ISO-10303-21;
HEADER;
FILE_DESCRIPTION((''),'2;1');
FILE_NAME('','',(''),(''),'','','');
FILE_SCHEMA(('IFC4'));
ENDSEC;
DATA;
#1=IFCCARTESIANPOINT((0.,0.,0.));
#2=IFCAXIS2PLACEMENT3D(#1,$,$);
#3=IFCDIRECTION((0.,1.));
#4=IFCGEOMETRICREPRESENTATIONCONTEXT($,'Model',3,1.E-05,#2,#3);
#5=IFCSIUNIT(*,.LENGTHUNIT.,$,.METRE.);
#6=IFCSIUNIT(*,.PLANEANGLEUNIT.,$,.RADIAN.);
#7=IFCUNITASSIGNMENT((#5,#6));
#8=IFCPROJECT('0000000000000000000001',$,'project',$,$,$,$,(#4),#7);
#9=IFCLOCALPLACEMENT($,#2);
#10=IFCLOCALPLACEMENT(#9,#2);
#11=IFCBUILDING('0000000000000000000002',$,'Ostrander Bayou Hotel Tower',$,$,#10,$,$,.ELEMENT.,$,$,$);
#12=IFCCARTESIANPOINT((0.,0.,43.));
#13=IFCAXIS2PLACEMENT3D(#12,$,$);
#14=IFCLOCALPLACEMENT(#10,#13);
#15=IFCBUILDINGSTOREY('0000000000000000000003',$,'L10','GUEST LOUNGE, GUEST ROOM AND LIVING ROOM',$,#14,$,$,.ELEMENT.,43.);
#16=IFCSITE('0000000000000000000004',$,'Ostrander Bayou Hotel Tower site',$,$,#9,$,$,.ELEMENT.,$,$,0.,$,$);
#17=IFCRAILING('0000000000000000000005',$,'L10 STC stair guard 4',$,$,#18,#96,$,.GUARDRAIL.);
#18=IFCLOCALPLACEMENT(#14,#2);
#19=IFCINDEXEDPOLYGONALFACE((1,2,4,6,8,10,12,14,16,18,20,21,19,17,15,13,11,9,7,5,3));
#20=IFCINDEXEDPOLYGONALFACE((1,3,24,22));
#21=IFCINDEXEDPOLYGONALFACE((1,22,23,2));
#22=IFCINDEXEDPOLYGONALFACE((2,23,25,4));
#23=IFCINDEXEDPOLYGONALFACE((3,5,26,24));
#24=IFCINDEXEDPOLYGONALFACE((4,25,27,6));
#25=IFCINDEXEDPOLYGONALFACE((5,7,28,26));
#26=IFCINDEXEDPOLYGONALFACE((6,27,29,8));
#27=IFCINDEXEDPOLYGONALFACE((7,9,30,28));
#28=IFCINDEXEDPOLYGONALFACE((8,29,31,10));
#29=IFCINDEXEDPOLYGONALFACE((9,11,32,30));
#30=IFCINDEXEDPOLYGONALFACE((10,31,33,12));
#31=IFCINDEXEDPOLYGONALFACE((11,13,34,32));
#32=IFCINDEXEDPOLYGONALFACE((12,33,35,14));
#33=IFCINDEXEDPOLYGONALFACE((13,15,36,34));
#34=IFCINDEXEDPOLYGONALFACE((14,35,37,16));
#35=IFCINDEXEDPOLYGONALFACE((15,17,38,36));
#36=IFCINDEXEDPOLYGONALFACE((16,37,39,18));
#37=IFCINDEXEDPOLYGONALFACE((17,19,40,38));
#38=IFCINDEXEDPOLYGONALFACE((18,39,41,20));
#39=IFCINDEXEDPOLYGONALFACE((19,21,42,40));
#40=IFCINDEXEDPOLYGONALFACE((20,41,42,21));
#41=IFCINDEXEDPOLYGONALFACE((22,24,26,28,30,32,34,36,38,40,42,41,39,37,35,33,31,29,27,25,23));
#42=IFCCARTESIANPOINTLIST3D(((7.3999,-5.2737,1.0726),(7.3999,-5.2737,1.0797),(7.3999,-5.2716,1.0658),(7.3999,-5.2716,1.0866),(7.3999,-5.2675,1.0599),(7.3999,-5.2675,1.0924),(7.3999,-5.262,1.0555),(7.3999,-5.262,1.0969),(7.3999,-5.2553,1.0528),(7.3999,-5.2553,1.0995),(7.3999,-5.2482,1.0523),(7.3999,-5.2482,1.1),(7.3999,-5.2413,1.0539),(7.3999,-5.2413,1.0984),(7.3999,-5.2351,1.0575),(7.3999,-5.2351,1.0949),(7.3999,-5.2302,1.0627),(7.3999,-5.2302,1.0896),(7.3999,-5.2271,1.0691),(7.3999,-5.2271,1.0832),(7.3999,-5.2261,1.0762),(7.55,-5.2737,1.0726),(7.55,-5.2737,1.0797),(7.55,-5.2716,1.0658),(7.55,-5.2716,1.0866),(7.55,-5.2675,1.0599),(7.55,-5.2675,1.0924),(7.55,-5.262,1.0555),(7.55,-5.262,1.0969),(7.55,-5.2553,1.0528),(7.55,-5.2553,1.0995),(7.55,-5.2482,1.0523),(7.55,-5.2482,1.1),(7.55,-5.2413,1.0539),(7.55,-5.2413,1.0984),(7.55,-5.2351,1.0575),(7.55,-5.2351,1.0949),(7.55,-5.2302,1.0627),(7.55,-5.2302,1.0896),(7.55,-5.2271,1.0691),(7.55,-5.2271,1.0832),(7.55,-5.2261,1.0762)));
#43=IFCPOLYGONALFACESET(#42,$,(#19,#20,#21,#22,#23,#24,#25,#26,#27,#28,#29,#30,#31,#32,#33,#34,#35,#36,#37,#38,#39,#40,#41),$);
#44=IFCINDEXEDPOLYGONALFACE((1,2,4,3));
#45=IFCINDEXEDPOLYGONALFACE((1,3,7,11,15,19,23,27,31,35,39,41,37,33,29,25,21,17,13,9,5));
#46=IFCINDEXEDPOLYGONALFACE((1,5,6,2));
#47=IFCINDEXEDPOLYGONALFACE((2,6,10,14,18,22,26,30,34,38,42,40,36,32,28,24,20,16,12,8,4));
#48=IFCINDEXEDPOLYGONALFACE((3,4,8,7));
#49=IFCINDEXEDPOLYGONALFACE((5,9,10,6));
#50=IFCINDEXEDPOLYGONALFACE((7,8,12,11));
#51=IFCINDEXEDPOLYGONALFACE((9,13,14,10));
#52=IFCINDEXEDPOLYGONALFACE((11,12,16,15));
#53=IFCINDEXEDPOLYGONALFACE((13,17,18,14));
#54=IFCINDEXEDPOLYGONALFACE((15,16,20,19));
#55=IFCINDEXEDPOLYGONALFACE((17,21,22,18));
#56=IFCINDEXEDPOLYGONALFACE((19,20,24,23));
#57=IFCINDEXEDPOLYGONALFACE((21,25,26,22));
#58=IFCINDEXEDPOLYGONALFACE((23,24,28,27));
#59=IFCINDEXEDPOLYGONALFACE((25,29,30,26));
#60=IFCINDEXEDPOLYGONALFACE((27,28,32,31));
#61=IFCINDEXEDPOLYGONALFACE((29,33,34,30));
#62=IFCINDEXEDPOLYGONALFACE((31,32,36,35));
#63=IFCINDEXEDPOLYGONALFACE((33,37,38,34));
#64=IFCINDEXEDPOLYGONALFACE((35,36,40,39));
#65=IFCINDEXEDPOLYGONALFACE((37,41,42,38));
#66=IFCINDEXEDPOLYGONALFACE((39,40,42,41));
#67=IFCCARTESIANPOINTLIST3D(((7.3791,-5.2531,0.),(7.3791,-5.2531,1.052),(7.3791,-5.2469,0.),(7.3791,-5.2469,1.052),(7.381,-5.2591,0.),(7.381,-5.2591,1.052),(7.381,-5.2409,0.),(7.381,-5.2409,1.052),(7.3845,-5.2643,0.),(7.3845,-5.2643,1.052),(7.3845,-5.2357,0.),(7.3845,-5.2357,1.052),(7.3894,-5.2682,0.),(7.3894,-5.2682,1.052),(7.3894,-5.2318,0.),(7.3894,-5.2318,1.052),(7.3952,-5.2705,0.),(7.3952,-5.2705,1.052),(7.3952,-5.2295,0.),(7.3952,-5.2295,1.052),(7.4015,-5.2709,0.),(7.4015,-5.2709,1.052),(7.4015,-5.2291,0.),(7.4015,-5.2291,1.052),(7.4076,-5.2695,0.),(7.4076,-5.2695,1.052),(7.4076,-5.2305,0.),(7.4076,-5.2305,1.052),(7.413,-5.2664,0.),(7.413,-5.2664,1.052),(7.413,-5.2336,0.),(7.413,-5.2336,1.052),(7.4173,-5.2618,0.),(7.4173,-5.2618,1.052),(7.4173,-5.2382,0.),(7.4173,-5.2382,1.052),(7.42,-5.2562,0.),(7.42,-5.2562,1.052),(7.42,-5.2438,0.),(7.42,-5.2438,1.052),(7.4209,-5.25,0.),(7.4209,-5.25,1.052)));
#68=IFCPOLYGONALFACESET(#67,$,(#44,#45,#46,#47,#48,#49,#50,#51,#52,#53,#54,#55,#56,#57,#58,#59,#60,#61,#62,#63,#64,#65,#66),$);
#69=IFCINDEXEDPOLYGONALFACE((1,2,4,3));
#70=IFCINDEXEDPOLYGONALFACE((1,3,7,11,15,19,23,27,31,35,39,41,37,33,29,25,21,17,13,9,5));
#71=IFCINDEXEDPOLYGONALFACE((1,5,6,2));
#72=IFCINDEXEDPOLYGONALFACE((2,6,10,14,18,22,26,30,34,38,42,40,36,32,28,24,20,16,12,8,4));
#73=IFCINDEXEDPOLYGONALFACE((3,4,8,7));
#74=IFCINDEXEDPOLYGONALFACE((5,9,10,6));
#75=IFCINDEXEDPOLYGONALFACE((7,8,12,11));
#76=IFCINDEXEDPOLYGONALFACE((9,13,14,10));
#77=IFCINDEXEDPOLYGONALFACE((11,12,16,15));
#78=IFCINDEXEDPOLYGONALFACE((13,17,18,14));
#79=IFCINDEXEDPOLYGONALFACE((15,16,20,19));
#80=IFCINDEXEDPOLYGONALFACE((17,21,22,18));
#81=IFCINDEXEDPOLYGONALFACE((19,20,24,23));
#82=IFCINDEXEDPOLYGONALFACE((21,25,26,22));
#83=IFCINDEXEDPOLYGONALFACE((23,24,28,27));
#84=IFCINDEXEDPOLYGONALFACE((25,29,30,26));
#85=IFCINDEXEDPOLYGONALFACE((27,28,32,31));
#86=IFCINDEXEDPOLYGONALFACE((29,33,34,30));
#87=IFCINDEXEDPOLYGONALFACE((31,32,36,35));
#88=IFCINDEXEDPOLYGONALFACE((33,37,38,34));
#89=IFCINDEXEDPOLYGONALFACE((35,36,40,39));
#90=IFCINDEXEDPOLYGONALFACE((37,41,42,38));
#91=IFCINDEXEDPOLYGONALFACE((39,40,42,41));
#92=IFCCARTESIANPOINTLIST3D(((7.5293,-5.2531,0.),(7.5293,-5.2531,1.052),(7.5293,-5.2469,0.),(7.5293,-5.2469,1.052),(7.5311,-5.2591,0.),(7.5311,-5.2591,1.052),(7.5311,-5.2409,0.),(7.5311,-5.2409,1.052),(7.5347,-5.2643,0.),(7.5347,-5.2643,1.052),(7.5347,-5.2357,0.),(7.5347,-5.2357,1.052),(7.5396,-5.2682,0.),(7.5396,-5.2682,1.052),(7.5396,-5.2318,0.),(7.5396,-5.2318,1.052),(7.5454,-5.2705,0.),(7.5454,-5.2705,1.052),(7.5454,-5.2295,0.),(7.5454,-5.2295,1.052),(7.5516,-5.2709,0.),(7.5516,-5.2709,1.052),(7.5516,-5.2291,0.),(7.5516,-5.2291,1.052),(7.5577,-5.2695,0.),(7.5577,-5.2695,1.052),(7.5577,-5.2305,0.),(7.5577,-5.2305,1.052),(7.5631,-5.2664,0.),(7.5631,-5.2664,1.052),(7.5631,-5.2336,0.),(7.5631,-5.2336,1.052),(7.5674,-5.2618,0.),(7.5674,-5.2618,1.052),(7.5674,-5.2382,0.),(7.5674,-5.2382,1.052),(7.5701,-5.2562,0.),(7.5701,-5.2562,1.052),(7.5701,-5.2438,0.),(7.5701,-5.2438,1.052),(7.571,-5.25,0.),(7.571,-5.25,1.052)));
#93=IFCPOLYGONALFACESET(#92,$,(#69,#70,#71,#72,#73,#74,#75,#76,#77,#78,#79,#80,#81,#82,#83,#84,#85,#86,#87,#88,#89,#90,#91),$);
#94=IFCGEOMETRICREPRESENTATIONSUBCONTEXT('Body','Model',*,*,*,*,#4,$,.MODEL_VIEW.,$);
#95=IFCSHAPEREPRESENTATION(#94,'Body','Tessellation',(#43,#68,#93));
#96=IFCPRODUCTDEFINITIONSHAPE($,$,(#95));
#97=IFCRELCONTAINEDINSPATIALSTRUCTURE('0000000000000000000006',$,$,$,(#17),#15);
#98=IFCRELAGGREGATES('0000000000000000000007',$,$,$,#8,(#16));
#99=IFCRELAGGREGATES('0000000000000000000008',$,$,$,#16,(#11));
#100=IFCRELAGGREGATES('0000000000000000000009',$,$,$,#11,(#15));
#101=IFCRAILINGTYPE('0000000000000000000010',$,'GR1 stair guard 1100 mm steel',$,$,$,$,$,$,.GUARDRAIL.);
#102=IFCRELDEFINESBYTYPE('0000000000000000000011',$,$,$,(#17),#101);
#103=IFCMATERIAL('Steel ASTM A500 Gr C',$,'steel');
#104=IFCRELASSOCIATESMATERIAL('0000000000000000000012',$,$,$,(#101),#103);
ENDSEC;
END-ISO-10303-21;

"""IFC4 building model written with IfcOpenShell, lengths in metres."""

from ifc_helpers import new_model, si_unit, direction, frame, origin, origin_2d, place, context, subcontext, project, spatial, circle, extrude, material, type_object, element, save


model = new_model("IFC4")

# Units and contexts
model_context = context("Model", 3, precision=1e-05, world=origin(), true_north=direction((0.0, 1.0)))
body_context = subcontext(model_context, "Body", "Model", "MODEL_VIEW")
ifc_project = project(units=[si_unit("LENGTHUNIT", "METRE"), si_unit("PLANEANGLEUNIT", "RADIAN")], contexts=[model_context])

# Site, building, storey
site_placement = place(None, origin())
site = spatial("IfcSite", under=ifc_project, at=site_placement, Name="Ostrander Bayou Hotel Tower site", CompositionType="ELEMENT", RefElevation=0.0)
building_placement = place(site_placement, origin())
building = spatial("IfcBuilding", under=site, at=building_placement, Name="Ostrander Bayou Hotel Tower", CompositionType="ELEMENT")
storey_placement = place(building_placement, frame((0.0, 0.0, 43.0)))
storey = spatial("IfcBuildingStorey", under=building, at=storey_placement, Name="L10", Description="GUEST LOUNGE, GUEST ROOM AND LIVING ROOM", CompositionType="ELEMENT", Elevation=43.0)

# Railing
ifc_material_1 = material(Name="Steel ASTM A500 Gr C", Category="steel")
railing_type_1 = type_object("IfcRailingType", Name="GR1 stair guard 1100 mm steel", PredefinedType="GUARDRAIL", material=ifc_material_1)
railing_1_placement = place(storey_placement, frame((7.3999, -5.25, 0.0)))
element("IfcRailing", 1, at=railing_1_placement, inside=storey, type_object=railing_type_1, Name="L10 STC stair guard 4", PredefinedType="GUARDRAIL", context=body_context, shape_type="SweptSolid", body=[
    extrude(circle(Radius=0.0239, at=origin_2d()), frame((0.0, 0.0, 1.0762), z_axis=(1.0, 0.0, 0.0), x_axis=(0.0, 1.0, 0.0)), (0.0, 0.0, 1.0), 0.1501),
    extrude(circle(Radius=0.021, at=origin_2d()), origin(), (0.0, 0.0, 1.0), 1.052),
    extrude(circle(Radius=0.021, at=origin_2d()), frame((0.1501, 0.0, 0.0)), (0.0, 0.0, 1.0), 1.052),
])

save(model, "model.ifc")
